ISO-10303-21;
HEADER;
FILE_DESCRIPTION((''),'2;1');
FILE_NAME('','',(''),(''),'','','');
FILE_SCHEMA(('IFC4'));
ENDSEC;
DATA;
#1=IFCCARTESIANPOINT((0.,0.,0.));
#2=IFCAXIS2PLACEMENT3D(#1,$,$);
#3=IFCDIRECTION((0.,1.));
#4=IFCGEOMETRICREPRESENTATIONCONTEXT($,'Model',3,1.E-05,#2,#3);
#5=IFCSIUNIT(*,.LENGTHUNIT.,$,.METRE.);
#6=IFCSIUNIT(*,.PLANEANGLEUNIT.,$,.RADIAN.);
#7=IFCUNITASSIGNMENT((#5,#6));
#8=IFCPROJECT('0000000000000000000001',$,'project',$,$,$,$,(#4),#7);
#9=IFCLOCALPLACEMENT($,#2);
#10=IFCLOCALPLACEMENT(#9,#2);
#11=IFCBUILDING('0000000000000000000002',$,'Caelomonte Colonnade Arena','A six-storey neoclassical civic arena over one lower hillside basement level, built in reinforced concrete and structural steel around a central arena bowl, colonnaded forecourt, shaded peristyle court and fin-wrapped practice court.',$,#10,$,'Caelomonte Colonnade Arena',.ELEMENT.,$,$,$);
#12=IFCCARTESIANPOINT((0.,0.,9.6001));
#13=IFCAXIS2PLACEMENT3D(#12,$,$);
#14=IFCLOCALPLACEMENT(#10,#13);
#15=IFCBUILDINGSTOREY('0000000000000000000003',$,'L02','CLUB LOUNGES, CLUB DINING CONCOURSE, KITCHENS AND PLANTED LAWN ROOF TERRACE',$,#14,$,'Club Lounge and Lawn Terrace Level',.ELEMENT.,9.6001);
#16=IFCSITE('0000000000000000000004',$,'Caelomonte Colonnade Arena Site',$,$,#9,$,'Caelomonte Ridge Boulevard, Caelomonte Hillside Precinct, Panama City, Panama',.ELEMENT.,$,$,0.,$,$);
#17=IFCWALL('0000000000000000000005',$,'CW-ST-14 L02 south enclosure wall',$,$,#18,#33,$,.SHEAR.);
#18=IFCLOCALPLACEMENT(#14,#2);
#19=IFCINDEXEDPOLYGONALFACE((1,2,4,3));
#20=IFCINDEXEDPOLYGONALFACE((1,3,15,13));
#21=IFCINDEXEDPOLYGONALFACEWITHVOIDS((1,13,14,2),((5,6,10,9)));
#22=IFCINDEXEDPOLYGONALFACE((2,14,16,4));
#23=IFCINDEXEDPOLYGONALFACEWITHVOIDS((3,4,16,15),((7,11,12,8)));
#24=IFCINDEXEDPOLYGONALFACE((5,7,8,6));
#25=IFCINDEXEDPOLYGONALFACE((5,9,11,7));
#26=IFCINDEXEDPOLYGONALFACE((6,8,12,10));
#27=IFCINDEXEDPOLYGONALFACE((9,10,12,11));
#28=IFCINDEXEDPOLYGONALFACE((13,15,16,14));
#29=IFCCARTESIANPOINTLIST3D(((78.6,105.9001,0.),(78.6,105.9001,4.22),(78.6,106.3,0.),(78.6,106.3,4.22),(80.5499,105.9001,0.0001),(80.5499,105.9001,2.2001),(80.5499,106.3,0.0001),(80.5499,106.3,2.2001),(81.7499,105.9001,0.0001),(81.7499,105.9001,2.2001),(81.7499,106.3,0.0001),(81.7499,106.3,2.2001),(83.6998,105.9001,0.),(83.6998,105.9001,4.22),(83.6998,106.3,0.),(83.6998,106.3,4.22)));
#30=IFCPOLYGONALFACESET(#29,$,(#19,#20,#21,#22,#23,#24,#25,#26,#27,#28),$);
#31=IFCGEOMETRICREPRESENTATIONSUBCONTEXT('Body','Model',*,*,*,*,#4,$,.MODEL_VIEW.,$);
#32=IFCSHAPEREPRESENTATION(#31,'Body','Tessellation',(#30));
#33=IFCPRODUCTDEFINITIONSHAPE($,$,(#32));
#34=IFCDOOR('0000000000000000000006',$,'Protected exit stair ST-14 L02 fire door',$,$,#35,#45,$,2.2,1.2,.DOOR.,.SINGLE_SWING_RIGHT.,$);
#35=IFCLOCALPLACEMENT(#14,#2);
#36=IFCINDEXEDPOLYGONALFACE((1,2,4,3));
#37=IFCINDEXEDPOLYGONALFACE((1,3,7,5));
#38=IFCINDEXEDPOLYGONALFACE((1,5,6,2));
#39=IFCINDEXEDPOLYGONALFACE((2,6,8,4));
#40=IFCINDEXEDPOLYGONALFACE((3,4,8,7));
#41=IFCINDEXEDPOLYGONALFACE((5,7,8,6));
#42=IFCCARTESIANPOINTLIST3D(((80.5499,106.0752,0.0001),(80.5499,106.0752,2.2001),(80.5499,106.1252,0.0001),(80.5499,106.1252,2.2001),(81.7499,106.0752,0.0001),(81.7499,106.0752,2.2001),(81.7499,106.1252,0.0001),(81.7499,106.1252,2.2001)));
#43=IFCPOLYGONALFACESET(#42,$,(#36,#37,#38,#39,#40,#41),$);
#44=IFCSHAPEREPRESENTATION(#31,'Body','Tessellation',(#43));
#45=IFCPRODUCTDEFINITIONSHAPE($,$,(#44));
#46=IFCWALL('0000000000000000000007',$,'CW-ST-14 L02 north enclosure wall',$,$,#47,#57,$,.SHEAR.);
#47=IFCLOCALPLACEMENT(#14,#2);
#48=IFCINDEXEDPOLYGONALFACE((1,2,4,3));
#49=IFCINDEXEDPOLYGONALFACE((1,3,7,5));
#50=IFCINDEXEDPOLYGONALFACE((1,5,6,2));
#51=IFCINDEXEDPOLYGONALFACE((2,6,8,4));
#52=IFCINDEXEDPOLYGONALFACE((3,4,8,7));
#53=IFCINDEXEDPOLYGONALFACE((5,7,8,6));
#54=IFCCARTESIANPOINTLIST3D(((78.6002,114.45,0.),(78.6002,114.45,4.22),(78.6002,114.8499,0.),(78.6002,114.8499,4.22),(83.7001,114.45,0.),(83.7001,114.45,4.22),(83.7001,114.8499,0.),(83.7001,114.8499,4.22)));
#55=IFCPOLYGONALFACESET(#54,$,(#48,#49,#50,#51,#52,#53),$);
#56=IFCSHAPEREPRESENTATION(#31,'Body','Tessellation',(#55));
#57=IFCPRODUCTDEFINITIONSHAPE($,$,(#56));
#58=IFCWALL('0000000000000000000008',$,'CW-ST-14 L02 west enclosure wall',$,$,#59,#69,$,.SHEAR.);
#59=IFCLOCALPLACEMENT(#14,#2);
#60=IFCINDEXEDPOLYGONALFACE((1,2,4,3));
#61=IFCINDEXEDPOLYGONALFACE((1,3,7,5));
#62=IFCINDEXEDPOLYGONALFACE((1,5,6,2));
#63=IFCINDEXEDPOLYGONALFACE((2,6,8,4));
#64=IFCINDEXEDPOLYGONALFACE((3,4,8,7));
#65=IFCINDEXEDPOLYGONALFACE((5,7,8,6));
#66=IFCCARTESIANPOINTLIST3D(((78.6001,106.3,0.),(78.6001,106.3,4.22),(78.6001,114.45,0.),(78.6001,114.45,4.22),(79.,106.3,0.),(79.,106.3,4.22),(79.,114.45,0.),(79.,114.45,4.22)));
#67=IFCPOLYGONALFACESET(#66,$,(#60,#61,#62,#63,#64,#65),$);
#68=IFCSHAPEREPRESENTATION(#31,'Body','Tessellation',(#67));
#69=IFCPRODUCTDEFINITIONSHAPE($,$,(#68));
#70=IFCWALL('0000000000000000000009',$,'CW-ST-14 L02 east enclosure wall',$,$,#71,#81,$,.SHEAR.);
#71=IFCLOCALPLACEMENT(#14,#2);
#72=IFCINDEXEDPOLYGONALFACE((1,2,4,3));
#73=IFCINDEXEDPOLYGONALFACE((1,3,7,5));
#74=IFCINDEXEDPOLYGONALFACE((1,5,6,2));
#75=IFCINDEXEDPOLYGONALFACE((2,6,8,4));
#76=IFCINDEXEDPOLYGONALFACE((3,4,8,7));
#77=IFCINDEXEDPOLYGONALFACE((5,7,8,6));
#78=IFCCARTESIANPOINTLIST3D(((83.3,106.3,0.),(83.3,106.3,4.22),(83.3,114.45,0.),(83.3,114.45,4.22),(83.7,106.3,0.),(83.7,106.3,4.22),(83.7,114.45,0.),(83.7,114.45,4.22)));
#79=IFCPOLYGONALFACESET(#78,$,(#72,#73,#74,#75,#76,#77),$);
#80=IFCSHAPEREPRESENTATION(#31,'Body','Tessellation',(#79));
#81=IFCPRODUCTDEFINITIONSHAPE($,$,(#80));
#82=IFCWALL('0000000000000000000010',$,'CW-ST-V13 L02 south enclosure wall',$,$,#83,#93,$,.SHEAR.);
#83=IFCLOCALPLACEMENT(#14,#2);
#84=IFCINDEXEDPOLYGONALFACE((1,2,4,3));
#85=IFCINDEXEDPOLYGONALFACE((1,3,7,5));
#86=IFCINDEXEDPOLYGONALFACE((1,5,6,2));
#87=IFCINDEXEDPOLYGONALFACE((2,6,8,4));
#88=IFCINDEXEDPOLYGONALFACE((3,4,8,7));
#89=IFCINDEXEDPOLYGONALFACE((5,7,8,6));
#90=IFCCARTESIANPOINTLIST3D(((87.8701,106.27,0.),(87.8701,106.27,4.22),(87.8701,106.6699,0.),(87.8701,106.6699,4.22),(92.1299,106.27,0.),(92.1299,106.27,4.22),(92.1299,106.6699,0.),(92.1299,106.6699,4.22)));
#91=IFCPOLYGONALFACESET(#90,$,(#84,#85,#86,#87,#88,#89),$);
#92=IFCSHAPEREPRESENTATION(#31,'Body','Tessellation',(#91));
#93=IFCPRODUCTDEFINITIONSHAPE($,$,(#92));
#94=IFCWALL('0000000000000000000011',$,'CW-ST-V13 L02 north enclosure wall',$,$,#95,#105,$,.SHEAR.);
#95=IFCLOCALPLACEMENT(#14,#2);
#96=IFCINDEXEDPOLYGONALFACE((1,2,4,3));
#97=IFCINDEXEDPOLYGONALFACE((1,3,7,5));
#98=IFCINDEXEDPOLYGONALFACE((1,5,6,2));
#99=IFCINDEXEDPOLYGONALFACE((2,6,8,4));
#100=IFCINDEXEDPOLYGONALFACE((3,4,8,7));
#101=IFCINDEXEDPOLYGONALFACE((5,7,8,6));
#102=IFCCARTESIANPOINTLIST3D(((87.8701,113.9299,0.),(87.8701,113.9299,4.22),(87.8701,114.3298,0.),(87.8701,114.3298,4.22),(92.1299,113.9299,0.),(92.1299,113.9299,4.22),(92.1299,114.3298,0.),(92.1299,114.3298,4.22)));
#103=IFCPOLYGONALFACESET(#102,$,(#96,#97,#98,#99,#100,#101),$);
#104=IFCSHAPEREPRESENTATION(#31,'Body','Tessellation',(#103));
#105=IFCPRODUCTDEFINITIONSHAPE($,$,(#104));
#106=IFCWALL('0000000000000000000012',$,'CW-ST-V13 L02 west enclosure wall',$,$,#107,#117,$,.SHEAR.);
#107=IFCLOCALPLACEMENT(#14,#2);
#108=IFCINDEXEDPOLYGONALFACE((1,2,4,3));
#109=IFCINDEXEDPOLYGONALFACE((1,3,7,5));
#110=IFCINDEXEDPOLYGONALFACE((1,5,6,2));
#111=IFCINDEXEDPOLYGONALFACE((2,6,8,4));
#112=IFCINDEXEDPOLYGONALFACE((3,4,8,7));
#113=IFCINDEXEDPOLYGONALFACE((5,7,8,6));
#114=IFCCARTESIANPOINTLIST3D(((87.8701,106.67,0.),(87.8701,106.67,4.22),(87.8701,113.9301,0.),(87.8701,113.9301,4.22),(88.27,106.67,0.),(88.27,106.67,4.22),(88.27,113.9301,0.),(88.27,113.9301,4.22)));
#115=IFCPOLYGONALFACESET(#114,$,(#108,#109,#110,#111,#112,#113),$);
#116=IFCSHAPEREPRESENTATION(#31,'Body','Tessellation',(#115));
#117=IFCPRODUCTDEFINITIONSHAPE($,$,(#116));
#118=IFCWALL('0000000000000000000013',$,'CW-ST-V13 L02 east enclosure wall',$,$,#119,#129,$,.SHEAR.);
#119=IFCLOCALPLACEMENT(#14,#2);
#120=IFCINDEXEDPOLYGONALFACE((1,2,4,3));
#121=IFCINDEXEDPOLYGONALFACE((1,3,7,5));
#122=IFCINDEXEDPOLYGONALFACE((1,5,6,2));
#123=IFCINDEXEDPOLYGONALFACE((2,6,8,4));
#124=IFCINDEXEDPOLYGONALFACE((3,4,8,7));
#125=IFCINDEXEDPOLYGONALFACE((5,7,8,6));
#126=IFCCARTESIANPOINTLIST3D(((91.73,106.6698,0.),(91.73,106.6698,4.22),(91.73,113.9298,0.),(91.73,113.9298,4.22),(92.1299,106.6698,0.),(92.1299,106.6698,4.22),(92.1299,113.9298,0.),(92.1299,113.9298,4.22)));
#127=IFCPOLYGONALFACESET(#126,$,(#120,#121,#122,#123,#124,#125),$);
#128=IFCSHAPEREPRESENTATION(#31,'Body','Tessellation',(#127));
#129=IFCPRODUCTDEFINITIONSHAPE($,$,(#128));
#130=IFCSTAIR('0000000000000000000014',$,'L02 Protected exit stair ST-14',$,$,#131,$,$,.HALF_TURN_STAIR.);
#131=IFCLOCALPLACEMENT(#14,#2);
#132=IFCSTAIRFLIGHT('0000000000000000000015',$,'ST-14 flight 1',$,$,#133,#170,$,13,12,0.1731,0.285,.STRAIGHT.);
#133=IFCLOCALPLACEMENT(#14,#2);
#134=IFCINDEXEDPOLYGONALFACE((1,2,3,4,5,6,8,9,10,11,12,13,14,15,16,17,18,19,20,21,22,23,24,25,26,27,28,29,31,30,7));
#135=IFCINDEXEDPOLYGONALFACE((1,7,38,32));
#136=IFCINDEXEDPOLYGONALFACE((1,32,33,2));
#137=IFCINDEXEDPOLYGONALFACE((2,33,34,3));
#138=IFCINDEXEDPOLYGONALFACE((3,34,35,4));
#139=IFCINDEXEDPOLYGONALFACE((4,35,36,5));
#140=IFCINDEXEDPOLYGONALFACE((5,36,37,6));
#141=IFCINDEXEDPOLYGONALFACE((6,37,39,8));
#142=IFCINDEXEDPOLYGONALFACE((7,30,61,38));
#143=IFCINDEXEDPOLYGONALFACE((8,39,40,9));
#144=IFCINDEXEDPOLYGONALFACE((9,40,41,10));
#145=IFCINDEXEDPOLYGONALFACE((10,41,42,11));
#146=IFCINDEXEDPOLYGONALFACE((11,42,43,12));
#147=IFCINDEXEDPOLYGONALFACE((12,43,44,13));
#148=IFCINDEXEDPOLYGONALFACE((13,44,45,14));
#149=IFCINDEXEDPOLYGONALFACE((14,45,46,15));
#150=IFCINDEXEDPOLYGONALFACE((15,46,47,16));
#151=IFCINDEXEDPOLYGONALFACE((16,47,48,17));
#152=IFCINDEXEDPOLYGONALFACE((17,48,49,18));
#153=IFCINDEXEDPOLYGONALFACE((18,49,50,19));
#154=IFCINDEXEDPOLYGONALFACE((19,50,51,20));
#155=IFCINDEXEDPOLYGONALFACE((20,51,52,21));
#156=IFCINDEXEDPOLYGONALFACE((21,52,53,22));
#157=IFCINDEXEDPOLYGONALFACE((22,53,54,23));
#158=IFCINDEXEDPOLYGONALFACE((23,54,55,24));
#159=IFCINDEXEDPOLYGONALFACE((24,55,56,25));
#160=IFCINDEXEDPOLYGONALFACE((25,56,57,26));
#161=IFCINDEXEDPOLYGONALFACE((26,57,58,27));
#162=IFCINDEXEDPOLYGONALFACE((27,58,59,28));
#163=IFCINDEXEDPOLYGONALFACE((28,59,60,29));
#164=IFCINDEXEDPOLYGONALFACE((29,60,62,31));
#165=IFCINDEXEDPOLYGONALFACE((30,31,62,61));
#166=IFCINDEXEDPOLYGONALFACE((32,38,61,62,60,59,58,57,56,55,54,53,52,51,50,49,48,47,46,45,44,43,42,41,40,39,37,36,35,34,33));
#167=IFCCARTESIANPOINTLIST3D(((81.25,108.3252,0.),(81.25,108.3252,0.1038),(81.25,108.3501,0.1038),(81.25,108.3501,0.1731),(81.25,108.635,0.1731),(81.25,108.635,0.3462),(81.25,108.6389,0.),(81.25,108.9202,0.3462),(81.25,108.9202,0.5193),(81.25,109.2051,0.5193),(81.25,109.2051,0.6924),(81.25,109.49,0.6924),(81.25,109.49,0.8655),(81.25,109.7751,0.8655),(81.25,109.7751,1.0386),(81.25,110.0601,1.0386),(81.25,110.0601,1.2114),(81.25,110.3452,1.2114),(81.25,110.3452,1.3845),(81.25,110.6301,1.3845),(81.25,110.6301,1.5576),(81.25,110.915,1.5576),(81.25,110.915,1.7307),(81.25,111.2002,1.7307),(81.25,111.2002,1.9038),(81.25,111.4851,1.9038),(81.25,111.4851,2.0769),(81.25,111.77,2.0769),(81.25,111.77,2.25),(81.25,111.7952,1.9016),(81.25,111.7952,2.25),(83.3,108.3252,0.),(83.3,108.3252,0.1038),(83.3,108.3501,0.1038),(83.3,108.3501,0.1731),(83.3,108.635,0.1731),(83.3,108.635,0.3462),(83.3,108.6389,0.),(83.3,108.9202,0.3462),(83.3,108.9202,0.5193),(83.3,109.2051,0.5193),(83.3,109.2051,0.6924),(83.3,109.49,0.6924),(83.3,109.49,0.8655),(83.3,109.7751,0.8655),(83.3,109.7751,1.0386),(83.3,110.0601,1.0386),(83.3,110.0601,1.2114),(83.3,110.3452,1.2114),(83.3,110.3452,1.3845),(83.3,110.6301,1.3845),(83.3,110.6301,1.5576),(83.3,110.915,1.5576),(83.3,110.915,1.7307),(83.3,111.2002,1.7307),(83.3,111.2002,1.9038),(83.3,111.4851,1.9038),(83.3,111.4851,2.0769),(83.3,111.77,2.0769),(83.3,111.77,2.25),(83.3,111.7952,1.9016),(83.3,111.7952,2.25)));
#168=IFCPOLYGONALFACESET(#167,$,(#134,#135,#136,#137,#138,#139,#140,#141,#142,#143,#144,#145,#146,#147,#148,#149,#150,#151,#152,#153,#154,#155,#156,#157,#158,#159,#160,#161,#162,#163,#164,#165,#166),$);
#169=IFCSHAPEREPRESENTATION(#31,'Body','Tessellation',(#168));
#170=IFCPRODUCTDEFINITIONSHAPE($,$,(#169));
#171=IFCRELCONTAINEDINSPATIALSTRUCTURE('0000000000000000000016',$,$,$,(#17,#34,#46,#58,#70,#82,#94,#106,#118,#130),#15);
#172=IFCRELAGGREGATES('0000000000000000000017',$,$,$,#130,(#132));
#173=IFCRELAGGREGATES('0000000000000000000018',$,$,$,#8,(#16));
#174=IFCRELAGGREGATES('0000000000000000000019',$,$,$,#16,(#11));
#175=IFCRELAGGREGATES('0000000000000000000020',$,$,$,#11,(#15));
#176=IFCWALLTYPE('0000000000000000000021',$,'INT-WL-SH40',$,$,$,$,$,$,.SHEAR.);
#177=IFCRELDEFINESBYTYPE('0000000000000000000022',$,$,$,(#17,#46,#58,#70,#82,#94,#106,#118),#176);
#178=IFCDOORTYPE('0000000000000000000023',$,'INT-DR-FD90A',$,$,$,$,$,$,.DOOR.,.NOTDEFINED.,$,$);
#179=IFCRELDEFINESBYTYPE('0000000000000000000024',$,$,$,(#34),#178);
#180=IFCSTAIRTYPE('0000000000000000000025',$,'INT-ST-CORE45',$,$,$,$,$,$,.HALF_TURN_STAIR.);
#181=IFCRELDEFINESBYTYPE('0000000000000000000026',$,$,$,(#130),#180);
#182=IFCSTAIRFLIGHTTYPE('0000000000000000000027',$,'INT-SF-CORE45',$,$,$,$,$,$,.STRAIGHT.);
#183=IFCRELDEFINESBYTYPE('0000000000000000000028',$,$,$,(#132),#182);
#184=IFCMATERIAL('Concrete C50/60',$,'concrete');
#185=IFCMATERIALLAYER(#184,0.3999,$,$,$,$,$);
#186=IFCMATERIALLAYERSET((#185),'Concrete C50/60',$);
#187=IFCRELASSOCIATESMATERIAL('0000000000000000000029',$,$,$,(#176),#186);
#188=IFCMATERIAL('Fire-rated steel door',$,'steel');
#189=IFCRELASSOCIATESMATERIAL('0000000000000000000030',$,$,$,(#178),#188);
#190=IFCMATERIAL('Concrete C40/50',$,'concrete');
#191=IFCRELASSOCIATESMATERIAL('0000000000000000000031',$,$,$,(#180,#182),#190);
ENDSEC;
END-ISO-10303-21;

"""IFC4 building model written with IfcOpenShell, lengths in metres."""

from ifc_helpers import new_model, si_unit, direction, frame, frame_2d, origin, place, context, subcontext, project, spatial, polyline, rectangle, outline, extrude, material, layer, layer_set, type_object, element, fill, aggregate, save


model = new_model("IFC4")

# Units and contexts
model_context = context("Model", 3, precision=1e-05, world=origin(), true_north=direction((0.0, 1.0)))
body_context = subcontext(model_context, "Body", "Model", "MODEL_VIEW")
ifc_project = project(units=[si_unit("LENGTHUNIT", "METRE"), si_unit("PLANEANGLEUNIT", "RADIAN")], contexts=[model_context])

# Site, building, storey
site_placement = place(None, origin())
site = spatial("IfcSite", under=ifc_project, at=site_placement, Name="Caelomonte Colonnade Arena Site", LongName="Caelomonte Ridge Boulevard, Caelomonte Hillside Precinct, Panama City, Panama", CompositionType="ELEMENT", RefElevation=0.0)
building_placement = place(site_placement, origin())
building = spatial("IfcBuilding", under=site, at=building_placement, Name="Caelomonte Colonnade Arena", Description="A six-storey neoclassical civic arena over one lower hillside basement level, built in reinforced concrete and structural steel around a central arena bowl, colonnaded forecourt, shaded peristyle court and fin-wrapped practice court.", LongName="Caelomonte Colonnade Arena", CompositionType="ELEMENT")
storey_placement = place(building_placement, frame((0.0, 0.0, 9.6001)))
storey = spatial("IfcBuildingStorey", under=building, at=storey_placement, Name="L02", Description="CLUB LOUNGES, CLUB DINING CONCOURSE, KITCHENS AND PLANTED LAWN ROOF TERRACE", LongName="Club Lounge and Lawn Terrace Level", CompositionType="ELEMENT", Elevation=9.6001)

# Wall, opening, door
ifc_material_1 = material(Name="Concrete C50/60", Category="concrete")
ifc_layer_1 = layer(ifc_material_1, 0.3999)
ifc_layer_set_1 = layer_set([ifc_layer_1], Name="Concrete C50/60")
wall_type_1 = type_object("IfcWallType", Name="INT-WL-SH40", PredefinedType="SHEAR", material=ifc_layer_set_1)
wall_1_placement = place(storey_placement, frame((78.6001, 106.1001, 0.0), z_axis=(0.0, 0.0, 1.0), x_axis=(1.0, 0.0, 0.0)))
wall_1 = element("IfcWall", 1, at=wall_1_placement, inside=storey, type_object=wall_type_1, Name="CW-ST-14 L02 south enclosure wall", PredefinedType="SHEAR", context=body_context, shape_type="SweptSolid", body=[
    extrude(rectangle(XDim=5.0999, YDim=0.3999, at=frame_2d((2.5498, 0.0))), origin(), (0.0, 0.0, 1.0), 4.22),
])
opening_1_placement = place(wall_1_placement, frame((3.1499, 0.0, 0.0), z_axis=(0.0, 0.0, 1.0), x_axis=(-1.0, 0.0, 0.0)))
opening_1 = element("IfcOpeningElement", 2, at=opening_1_placement, cuts=wall_1, PredefinedType="OPENING", context=body_context, shape_type="SweptSolid", body=[
    extrude(rectangle(XDim=1.2, YDim=2.2, at=frame_2d((0.6001, 1.1001))), frame((0.0, 0.21, 0.0), z_axis=(0.0, -1.0, 0.0), x_axis=(1.0, 0.0, 0.0)), (0.0, 0.0, 1.0), 0.4199),
])
ifc_material_2 = material(Name="Fire-rated steel door", Category="steel")
door_type_1 = type_object("IfcDoorType", Name="INT-DR-FD90A", OperationType="NOTDEFINED", PredefinedType="DOOR", material=ifc_material_2)
door_1_placement = place(opening_1_placement, origin())
door_1 = element("IfcDoor", 3, at=door_1_placement, inside=storey, type_object=door_type_1, Name="Protected exit stair ST-14 L02 fire door", OperationType="SINGLE_SWING_RIGHT", OverallHeight=2.2, OverallWidth=1.2, PredefinedType="DOOR", context=body_context, shape_type="SweptSolid", body=[
    extrude(rectangle(XDim=1.2, YDim=2.2, at=frame_2d((0.6001, 1.1001))), frame((0.0, 0.0249, 0.0), z_axis=(0.0, -1.0, 0.0), x_axis=(1.0, 0.0, 0.0)), (0.0, 0.0, 1.0), 0.05),
])
fill(opening_1, door_1)

# Walls
wall_2_placement = place(storey_placement, frame((83.7, 114.6499, 0.0), z_axis=(0.0, 0.0, 1.0), x_axis=(-1.0, 0.0, 0.0)))
element("IfcWall", 4, at=wall_2_placement, inside=storey, type_object=wall_type_1, Name="CW-ST-14 L02 north enclosure wall", PredefinedType="SHEAR", context=body_context, shape_type="SweptSolid", body=[
    extrude(rectangle(XDim=5.0999, YDim=0.3999, at=frame_2d((2.5498, 0.0))), origin(), (0.0, 0.0, 1.0), 4.22),
])
for number, where, z_axis, x_axis, name in (
    (5, (78.8, 114.45, 0.0), (0.0, 0.0, 1.0), (0.0, -1.0, 0.0), "CW-ST-14 L02 west enclosure wall"),
    (6, (83.5, 106.3, 0.0), (0.0, 0.0, 1.0), (0.0, 1.0, 0.0), "CW-ST-14 L02 east enclosure wall"),
):
    element("IfcWall", number, at=place(storey_placement, frame(where, z_axis=z_axis, x_axis=x_axis)), inside=storey, type_object=wall_type_1, Name=name, PredefinedType="SHEAR", context=body_context, shape_type="SweptSolid", body=[
        extrude(rectangle(XDim=8.1499, YDim=0.3999, at=frame_2d((4.075, 0.0))), origin(), (0.0, 0.0, 1.0), 4.22),
    ])
for number, where, z_axis, x_axis, name in (
    (7, (87.8701, 106.47, 0.0), (0.0, 0.0, 1.0), (1.0, 0.0, 0.0), "CW-ST-V13 L02 south enclosure wall"),
    (8, (92.1299, 114.1299, 0.0), (0.0, 0.0, 1.0), (-1.0, 0.0, 0.0), "CW-ST-V13 L02 north enclosure wall"),
):
    element("IfcWall", number, at=place(storey_placement, frame(where, z_axis=z_axis, x_axis=x_axis)), inside=storey, type_object=wall_type_1, Name=name, PredefinedType="SHEAR", context=body_context, shape_type="SweptSolid", body=[
        extrude(rectangle(XDim=4.2598, YDim=0.3999, at=frame_2d((2.1299, 0.0))), origin(), (0.0, 0.0, 1.0), 4.22),
    ])
for number, where, z_axis, x_axis, name in (
    (9, (88.0701, 113.9299, 0.0), (0.0, 0.0, 1.0), (0.0, -1.0, 0.0), "CW-ST-V13 L02 west enclosure wall"),
    (10, (91.9299, 106.6699, 0.0), (0.0, 0.0, 1.0), (0.0, 1.0, 0.0), "CW-ST-V13 L02 east enclosure wall"),
):
    element("IfcWall", number, at=place(storey_placement, frame(where, z_axis=z_axis, x_axis=x_axis)), inside=storey, type_object=wall_type_1, Name=name, PredefinedType="SHEAR", context=body_context, shape_type="SweptSolid", body=[
        extrude(rectangle(XDim=7.26, YDim=0.3999, at=frame_2d((3.6299, 0.0))), origin(), (0.0, 0.0, 1.0), 4.22),
    ])

# Stair, stair flight
ifc_material_3 = material(Name="Concrete C40/50", Category="concrete")
stair_type = type_object("IfcStairType", Name="INT-ST-CORE45", PredefinedType="HALF_TURN_STAIR", material=ifc_material_3)
stair_placement = place(storey_placement, origin())
stair = element("IfcStair", 11, at=stair_placement, inside=storey, type_object=stair_type, Name="L02 Protected exit stair ST-14", PredefinedType="HALF_TURN_STAIR")
stair_flight_type = type_object("IfcStairFlightType", Name="INT-SF-CORE45", PredefinedType="STRAIGHT", material=ifc_material_3)
stair_flight_1_placement = place(storey_placement, frame((82.2749, 108.3501, 0.0), z_axis=(0.0, 0.0, 1.0), x_axis=(0.0, 1.0, 0.0)))
stair_flight_1 = element("IfcStairFlight", 12, at=stair_flight_1_placement, type_object=stair_flight_type, Name="ST-14 flight 1", NumberOfRisers=13, NumberOfTreads=12, PredefinedType="STRAIGHT", RiserHeight=0.1731, TreadLength=0.285, context=body_context, shape_type="SweptSolid", body=[
    extrude(outline(polyline([(-0.0249, 0.0), (-0.0249, 0.1038), (0.0, 0.1038), (0.0, 0.1731), (0.2849, 0.1731), (0.2849, 0.3462), (0.5701, 0.3462), (0.5701, 0.5193), (0.855, 0.5193), (0.855, 0.6924), (1.1399, 0.6924), (1.1399, 0.8655), (1.425, 0.8655), (1.425, 1.0386), (1.71, 1.0386), (1.71, 1.2114), (1.9951, 1.2114), (1.9951, 1.3845), (2.28, 1.3845), (2.28, 1.5576), (2.5649, 1.5576), (2.5649, 1.7307), (2.8501, 1.7307), (2.8501, 1.9038), (3.135, 1.9038), (3.135, 2.0769), (3.4199, 2.0769), (3.4199, 2.25), (3.4451, 2.25), (3.4451, 1.9016), (0.2888, 0.0), (-0.0249, 0.0)])), frame((0.0, 1.0249, 0.0), z_axis=(0.0, -1.0, 0.0), x_axis=(1.0, 0.0, 0.0)), (0.0, 0.0, 1.0), 2.05),
])
aggregate(stair, [stair_flight_1])

save(model, "model.ifc")
